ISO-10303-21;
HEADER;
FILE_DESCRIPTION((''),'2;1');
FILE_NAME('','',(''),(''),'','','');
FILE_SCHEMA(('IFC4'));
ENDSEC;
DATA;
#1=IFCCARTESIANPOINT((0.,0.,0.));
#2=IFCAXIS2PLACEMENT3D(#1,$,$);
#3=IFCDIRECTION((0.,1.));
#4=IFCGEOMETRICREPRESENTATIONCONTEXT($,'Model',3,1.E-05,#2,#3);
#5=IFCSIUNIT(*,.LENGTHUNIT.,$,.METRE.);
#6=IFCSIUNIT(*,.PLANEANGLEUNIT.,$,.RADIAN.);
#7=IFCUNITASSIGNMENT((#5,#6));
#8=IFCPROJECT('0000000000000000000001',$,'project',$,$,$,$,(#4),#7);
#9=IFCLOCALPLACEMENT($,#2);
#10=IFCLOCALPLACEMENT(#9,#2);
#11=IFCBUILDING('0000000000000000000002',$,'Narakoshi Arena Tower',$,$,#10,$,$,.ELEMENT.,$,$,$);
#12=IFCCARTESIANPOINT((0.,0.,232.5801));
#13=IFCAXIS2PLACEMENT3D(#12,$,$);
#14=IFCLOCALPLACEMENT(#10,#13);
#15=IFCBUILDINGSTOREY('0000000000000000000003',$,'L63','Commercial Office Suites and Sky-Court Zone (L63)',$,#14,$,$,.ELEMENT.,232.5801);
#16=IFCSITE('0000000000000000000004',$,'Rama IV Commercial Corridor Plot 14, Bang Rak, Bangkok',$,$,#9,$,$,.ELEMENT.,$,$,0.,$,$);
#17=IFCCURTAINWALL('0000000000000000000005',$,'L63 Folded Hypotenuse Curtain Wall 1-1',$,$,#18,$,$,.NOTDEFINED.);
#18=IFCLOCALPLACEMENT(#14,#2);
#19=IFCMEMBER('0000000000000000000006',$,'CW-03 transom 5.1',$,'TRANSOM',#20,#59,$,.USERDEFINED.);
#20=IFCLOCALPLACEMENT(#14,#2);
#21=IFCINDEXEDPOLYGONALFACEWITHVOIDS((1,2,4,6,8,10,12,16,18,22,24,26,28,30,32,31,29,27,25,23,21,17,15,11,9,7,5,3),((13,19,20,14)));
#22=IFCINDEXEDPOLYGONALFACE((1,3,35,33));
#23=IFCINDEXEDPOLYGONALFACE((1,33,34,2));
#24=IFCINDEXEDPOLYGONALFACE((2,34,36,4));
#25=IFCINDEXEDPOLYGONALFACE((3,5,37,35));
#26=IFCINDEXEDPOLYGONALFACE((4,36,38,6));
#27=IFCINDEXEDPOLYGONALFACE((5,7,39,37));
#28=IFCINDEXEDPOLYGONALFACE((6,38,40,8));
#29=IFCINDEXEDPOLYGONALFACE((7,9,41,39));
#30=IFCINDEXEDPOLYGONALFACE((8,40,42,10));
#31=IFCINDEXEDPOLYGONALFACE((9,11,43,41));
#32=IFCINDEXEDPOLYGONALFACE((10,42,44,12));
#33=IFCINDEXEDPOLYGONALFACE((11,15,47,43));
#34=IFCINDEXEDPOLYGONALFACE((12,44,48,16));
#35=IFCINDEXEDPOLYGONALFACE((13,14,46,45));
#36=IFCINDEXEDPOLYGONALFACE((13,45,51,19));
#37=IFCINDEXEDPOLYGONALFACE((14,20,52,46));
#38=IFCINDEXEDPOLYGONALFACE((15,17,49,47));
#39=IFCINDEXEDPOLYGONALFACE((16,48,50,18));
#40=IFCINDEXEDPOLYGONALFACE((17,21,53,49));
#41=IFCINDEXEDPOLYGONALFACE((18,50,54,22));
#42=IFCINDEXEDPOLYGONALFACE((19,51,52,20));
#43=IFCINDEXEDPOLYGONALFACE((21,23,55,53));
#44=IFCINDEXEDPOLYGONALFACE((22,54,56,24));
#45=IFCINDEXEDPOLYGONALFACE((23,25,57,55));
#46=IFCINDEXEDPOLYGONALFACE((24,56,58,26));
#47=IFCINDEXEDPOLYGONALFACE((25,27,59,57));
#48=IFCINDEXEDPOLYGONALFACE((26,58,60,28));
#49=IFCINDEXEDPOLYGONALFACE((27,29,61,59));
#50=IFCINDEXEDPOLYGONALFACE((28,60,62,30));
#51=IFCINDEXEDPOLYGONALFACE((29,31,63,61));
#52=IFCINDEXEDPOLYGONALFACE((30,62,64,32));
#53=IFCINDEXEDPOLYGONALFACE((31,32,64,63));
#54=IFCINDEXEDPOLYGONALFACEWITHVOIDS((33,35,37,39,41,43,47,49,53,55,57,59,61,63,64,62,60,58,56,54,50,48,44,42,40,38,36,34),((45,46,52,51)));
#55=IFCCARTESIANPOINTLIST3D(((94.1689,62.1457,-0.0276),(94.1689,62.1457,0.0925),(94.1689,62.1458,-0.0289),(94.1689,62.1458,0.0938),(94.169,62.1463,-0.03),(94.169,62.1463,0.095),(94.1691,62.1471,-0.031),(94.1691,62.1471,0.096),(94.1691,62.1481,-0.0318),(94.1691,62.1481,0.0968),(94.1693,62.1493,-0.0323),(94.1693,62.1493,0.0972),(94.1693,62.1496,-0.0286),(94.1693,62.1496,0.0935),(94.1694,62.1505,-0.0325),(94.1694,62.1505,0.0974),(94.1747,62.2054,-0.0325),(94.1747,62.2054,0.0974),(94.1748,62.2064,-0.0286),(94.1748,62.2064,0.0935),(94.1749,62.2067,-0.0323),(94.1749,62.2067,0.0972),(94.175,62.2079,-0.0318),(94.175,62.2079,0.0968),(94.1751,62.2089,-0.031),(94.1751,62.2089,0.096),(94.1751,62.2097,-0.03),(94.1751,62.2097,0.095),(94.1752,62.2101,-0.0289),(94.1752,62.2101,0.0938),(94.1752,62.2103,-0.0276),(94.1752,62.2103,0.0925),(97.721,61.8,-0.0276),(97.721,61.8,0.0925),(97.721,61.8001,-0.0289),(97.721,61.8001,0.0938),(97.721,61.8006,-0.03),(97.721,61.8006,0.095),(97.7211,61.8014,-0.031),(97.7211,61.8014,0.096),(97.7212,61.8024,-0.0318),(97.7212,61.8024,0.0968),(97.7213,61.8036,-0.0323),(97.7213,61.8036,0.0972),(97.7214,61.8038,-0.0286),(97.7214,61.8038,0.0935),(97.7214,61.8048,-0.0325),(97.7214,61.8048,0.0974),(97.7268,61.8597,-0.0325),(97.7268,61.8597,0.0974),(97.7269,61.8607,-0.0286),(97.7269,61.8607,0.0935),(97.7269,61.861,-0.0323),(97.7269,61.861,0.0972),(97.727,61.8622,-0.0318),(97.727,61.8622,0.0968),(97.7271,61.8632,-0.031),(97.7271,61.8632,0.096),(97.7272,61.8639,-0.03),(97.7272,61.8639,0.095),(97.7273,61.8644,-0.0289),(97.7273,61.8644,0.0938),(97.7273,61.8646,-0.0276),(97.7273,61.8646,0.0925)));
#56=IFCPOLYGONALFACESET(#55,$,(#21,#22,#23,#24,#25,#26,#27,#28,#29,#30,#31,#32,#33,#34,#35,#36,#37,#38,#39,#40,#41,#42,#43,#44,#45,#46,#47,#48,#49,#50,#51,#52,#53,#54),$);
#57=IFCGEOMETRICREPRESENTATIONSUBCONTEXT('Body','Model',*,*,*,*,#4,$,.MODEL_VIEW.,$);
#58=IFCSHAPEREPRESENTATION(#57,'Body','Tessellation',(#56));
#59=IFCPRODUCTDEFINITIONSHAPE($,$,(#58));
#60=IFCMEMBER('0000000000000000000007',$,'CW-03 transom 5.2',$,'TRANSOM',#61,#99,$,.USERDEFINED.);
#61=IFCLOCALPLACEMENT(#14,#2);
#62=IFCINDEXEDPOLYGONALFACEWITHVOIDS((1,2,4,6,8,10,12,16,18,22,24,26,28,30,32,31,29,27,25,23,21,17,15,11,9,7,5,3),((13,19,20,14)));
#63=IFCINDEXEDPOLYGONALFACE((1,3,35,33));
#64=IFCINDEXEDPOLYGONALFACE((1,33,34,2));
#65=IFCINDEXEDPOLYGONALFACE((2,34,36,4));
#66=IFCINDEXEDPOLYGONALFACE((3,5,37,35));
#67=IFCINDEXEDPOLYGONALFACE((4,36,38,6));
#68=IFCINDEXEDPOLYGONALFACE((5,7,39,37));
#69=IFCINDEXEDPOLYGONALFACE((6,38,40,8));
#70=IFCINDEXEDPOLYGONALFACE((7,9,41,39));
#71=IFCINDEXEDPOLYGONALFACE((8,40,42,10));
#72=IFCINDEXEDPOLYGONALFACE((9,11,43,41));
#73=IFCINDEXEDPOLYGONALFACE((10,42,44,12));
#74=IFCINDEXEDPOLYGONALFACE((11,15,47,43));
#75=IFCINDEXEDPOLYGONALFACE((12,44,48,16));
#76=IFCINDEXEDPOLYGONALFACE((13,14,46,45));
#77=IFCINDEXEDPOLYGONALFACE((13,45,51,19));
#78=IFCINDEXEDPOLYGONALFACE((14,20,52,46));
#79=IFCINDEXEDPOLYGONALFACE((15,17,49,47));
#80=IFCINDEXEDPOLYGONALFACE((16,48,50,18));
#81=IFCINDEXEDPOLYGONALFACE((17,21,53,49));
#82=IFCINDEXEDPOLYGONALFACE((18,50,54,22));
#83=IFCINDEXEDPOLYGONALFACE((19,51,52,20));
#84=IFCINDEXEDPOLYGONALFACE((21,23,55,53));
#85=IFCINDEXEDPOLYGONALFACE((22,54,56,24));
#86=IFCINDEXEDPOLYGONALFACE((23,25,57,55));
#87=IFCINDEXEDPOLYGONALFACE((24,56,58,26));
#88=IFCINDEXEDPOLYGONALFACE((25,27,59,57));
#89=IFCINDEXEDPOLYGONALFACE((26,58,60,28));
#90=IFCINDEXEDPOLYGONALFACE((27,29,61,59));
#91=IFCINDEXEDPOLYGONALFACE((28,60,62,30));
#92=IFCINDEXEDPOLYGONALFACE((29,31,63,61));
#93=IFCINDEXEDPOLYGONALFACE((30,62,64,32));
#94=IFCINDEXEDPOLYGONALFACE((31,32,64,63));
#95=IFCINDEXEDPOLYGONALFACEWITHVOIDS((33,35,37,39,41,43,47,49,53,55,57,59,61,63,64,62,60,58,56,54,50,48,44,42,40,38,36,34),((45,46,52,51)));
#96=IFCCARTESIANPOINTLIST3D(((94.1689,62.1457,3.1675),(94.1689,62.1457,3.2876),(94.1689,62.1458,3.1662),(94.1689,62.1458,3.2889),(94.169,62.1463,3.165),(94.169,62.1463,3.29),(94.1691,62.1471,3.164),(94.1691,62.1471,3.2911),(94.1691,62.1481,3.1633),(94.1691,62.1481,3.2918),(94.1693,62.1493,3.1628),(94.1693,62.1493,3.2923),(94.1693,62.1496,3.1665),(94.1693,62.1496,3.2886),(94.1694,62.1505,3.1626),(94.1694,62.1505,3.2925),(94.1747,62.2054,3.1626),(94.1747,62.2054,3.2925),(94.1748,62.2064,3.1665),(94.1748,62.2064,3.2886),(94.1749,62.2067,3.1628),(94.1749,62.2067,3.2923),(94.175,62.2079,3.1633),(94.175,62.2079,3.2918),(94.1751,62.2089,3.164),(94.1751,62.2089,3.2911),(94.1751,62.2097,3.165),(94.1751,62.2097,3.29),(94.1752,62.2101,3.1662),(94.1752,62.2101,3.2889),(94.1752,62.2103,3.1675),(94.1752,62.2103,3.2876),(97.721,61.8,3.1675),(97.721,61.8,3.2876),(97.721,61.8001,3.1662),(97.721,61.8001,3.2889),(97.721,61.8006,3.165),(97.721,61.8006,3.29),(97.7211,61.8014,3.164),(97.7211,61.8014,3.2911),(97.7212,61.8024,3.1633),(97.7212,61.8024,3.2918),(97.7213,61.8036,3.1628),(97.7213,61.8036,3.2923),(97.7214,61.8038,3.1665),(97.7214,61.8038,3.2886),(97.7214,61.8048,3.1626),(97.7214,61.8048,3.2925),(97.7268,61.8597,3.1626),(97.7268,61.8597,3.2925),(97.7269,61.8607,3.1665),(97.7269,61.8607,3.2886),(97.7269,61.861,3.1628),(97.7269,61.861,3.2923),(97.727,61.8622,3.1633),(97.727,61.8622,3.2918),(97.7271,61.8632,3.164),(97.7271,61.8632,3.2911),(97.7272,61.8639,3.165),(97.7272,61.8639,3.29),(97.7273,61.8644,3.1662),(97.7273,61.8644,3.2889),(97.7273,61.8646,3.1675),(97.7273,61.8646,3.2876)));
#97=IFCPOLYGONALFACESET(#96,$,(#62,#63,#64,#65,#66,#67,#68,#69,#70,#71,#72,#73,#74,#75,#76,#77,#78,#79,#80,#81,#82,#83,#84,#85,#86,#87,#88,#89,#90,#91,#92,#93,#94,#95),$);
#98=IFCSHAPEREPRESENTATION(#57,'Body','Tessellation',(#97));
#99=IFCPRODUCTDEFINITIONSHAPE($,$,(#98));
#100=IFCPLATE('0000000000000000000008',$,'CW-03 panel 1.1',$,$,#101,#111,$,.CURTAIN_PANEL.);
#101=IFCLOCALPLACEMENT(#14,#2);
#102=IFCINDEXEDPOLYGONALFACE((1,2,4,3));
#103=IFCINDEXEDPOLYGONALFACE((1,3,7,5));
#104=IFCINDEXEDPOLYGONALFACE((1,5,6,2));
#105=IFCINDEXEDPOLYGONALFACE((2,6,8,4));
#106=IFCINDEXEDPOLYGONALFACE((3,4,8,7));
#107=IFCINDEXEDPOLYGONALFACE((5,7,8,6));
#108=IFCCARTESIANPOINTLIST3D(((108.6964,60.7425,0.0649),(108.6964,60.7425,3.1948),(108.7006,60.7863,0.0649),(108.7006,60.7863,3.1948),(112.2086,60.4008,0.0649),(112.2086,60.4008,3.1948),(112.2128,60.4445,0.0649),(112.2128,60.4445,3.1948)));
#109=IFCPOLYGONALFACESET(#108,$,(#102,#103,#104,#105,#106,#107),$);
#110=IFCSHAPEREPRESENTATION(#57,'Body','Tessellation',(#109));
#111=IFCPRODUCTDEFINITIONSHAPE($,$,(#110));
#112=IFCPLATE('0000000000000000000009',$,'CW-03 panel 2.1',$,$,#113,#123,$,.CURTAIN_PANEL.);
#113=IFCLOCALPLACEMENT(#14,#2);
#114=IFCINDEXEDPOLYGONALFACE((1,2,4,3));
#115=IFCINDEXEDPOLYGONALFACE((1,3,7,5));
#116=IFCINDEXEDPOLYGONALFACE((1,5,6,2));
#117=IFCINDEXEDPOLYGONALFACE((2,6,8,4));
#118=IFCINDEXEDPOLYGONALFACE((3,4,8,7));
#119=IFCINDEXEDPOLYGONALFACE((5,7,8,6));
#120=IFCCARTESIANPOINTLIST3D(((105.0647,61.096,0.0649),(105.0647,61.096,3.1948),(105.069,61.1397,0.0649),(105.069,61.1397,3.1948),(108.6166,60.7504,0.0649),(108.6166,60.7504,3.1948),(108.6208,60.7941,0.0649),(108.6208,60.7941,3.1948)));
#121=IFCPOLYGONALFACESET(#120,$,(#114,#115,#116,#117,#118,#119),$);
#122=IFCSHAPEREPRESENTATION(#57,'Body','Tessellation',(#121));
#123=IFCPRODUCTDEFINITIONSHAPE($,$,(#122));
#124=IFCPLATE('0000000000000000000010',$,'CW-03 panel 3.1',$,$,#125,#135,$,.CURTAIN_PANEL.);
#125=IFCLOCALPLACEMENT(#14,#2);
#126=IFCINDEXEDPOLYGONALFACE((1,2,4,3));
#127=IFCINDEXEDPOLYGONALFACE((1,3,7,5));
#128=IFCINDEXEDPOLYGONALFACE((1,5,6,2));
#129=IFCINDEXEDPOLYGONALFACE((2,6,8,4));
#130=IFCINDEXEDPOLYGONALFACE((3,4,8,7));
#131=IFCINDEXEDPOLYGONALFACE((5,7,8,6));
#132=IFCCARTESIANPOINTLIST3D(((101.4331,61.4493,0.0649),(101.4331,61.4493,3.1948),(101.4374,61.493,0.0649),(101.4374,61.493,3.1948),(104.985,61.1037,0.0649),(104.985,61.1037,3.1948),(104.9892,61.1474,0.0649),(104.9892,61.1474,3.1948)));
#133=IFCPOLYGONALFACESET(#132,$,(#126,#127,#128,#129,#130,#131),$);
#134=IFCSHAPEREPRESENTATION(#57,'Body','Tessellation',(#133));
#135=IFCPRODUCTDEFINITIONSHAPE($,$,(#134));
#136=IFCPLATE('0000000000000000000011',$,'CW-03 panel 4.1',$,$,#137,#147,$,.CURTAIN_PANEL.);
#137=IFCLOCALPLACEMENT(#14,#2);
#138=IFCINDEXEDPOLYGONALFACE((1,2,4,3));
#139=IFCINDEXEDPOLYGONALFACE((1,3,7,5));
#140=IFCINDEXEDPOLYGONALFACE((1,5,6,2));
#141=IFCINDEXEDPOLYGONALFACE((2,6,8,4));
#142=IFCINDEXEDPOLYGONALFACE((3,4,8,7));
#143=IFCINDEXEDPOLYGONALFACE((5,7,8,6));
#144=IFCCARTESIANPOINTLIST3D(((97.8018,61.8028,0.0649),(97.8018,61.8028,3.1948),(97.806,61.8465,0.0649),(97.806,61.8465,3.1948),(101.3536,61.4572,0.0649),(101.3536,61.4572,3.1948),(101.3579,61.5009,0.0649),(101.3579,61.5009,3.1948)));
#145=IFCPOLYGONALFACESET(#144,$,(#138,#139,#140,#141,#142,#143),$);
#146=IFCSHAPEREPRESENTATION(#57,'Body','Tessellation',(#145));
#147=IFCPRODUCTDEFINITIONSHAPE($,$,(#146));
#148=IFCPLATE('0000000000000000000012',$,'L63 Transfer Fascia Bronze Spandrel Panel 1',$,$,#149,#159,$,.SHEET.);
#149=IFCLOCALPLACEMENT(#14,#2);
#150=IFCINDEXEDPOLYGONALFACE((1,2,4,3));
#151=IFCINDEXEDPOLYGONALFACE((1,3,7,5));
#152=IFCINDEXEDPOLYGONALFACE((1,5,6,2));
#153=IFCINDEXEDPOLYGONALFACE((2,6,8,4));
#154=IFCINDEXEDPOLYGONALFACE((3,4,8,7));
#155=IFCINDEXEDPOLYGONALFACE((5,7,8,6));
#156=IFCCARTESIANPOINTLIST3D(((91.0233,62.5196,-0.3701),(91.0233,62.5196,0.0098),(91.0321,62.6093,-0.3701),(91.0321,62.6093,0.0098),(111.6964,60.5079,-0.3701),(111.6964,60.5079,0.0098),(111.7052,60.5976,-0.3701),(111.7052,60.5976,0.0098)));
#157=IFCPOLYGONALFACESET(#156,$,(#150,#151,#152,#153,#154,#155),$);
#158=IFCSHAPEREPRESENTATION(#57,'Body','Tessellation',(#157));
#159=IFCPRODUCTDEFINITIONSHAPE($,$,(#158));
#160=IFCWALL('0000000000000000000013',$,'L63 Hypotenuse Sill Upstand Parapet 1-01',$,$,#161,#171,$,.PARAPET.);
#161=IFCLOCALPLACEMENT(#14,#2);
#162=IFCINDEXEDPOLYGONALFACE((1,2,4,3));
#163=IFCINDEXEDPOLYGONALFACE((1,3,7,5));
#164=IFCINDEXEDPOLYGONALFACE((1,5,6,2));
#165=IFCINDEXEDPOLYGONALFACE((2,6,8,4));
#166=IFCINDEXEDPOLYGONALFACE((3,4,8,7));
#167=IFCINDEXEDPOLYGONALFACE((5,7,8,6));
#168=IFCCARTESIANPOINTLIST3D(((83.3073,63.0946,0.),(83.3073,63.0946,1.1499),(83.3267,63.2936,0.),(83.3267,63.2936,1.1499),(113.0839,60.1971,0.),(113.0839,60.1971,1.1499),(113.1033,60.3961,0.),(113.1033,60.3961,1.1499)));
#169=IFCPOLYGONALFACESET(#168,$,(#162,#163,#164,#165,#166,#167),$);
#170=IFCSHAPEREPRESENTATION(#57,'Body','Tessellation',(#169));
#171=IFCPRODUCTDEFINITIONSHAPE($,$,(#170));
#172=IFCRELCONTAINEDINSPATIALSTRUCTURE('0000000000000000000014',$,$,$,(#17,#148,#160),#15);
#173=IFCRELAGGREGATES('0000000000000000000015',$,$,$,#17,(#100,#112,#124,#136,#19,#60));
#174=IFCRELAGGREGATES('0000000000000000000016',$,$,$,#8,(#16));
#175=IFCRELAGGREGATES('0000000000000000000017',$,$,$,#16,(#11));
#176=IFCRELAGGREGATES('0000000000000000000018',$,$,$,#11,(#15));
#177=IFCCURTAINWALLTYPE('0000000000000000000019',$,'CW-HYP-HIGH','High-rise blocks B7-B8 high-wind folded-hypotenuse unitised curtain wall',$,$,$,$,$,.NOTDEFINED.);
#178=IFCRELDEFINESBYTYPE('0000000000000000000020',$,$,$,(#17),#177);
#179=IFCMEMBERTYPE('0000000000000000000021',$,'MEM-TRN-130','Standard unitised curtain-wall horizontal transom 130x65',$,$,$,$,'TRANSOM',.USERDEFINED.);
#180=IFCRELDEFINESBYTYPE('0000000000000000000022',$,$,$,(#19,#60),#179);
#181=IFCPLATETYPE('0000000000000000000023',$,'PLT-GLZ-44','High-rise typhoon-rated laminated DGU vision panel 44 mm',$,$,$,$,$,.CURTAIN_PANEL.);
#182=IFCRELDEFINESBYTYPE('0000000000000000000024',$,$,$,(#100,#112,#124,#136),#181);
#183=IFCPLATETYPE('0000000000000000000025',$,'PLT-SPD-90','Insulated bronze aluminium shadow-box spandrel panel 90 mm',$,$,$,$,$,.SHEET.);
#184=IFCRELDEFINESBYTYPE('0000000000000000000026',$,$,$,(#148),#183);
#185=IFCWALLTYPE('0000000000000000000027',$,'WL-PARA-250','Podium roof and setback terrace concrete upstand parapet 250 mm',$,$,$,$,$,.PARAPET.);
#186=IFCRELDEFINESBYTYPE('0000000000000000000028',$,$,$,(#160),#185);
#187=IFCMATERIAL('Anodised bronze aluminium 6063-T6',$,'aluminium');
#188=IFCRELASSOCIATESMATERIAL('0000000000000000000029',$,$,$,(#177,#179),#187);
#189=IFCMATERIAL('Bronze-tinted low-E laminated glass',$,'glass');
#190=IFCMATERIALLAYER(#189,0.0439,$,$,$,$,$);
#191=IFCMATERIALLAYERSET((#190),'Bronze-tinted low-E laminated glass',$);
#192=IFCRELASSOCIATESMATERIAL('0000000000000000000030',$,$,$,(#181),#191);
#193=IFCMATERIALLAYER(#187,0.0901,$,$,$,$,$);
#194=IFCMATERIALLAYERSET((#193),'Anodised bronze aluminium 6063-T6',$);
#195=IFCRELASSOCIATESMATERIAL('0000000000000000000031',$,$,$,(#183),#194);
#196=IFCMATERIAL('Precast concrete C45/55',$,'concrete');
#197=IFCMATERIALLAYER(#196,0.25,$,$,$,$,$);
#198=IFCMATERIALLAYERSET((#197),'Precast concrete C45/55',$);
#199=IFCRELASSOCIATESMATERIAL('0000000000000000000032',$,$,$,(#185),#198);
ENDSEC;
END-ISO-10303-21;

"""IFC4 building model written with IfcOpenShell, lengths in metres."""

from ifc_helpers import new_model, si_unit, direction, frame, frame_2d, origin, origin_2d, place, context, subcontext, project, spatial, rectangle, hollow_rectangle, extrude, material, layer, layer_set, material_profile, profile_set, type_object, element, aggregate, save


model = new_model("IFC4")

# Units and contexts
model_context = context("Model", 3, precision=1e-05, world=origin(), true_north=direction((0.0, 1.0)))
body_context = subcontext(model_context, "Body", "Model", "MODEL_VIEW")
ifc_project = project(units=[si_unit("LENGTHUNIT", "METRE"), si_unit("PLANEANGLEUNIT", "RADIAN")], contexts=[model_context])

# Site, building, storey
site_placement = place(None, origin())
site = spatial("IfcSite", under=ifc_project, at=site_placement, Name="Rama IV Commercial Corridor Plot 14, Bang Rak, Bangkok", CompositionType="ELEMENT", RefElevation=0.0)
building_placement = place(site_placement, origin())
building = spatial("IfcBuilding", under=site, at=building_placement, Name="Narakoshi Arena Tower", CompositionType="ELEMENT")
storey_placement = place(building_placement, frame((0.0, 0.0, 232.5801)))
storey = spatial("IfcBuildingStorey", under=building, at=storey_placement, Name="L63", Description="Commercial Office Suites and Sky-Court Zone (L63)", CompositionType="ELEMENT", Elevation=232.5801)

# Curtain wall, members, plates
ifc_material_1 = material(Name="Anodised bronze aluminium 6063-T6", Category="aluminium")
curtain_wall_type = type_object("IfcCurtainWallType", Name="CW-HYP-HIGH", Description="High-rise blocks B7-B8 high-wind folded-hypotenuse unitised curtain wall", PredefinedType="NOTDEFINED", material=ifc_material_1)
curtain_wall_placement = place(storey_placement, origin())
curtain_wall = element("IfcCurtainWall", 1, at=curtain_wall_placement, inside=storey, type_object=curtain_wall_type, Name="L63 Folded Hypotenuse Curtain Wall 1-1", PredefinedType="NOTDEFINED")
ifc_material_profile_1 = material_profile(ifc_material_1, hollow_rectangle(XDim=0.0649, YDim=0.1299, WallThickness=0.0039, OuterFilletRadius=0.0049, at=origin_2d()), Name="TRN130x65x4")
ifc_profile_set_1 = profile_set([ifc_material_profile_1], Name="Anodised bronze aluminium 6063-T6")
member_type_1 = type_object("IfcMemberType", Name="MEM-TRN-130", Description="Standard unitised curtain-wall horizontal transom 130x65", ElementType="TRANSOM", PredefinedType="USERDEFINED", material=ifc_profile_set_1)
member_1_placement = place(storey_placement, frame((97.7241, 61.8323, 0.0325), z_axis=(-0.995297, 0.096869, 0.0), x_axis=(-0.096869, -0.995297, 0.0)))
member_1 = element("IfcMember", 2, at=member_1_placement, type_object=member_type_1, Name="CW-03 transom 5.1", ObjectType="TRANSOM", PredefinedType="USERDEFINED", context=body_context, shape_type="SweptSolid", body=[
    extrude(hollow_rectangle(XDim=0.0649, YDim=0.1299, WallThickness=0.0039, OuterFilletRadius=0.0049, at=origin_2d()), origin(), (0.0, 0.0, 1.0), 3.5688),
])
member_2_placement = place(storey_placement, frame((97.7241, 61.8323, 3.2275), z_axis=(-0.995297, 0.096869, 0.0), x_axis=(-0.096869, -0.995297, 0.0)))
member_2 = element("IfcMember", 3, at=member_2_placement, type_object=member_type_1, Name="CW-03 transom 5.2", ObjectType="TRANSOM", PredefinedType="USERDEFINED", context=body_context, shape_type="SweptSolid", body=[
    extrude(hollow_rectangle(XDim=0.0649, YDim=0.1299, WallThickness=0.0039, OuterFilletRadius=0.0049, at=origin_2d()), origin(), (0.0, 0.0, 1.0), 3.5688),
])
ifc_material_2 = material(Name="Bronze-tinted low-E laminated glass", Category="glass")
ifc_layer_1 = layer(ifc_material_2, 0.0439)
ifc_layer_set_1 = layer_set([ifc_layer_1], Name="Bronze-tinted low-E laminated glass")
plate_type_1 = type_object("IfcPlateType", Name="PLT-GLZ-44", Description="High-rise typhoon-rated laminated DGU vision panel 44 mm", PredefinedType="CURTAIN_PANEL", material=ifc_layer_set_1)
plate_1_placement = place(storey_placement, frame((110.4546, 60.5935, 0.0649), z_axis=(0.0, 0.0, 1.0), x_axis=(-0.995299, 0.096851, 0.0)))
plate_1 = element("IfcPlate", 4, at=plate_1_placement, type_object=plate_type_1, Name="CW-03 panel 1.1", PredefinedType="CURTAIN_PANEL", context=body_context, shape_type="SweptSolid", body=[
    extrude(rectangle(XDim=3.5288, YDim=0.0439, at=origin_2d()), origin(), (0.0, 0.0, 1.0), 3.1299),
])
plate_2_placement = place(storey_placement, frame((106.8428, 60.9451, 0.0649), z_axis=(0.0, 0.0, 1.0), x_axis=(-0.995299, 0.096851, 0.0)))
plate_2 = element("IfcPlate", 5, at=plate_2_placement, type_object=plate_type_1, Name="CW-03 panel 2.1", PredefinedType="CURTAIN_PANEL", context=body_context, shape_type="SweptSolid", body=[
    extrude(rectangle(XDim=3.5686, YDim=0.0439, at=origin_2d()), origin(), (0.0, 0.0, 1.0), 3.1299),
])
plate_3_placement = place(storey_placement, frame((103.2112, 61.2983, 0.0649), z_axis=(0.0, 0.0, 1.0), x_axis=(-0.995299, 0.096851, 0.0)))
plate_3 = element("IfcPlate", 6, at=plate_3_placement, type_object=plate_type_1, Name="CW-03 panel 3.1", PredefinedType="CURTAIN_PANEL", context=body_context, shape_type="SweptSolid", body=[
    extrude(rectangle(XDim=3.5686, YDim=0.0439, at=origin_2d()), origin(), (0.0, 0.0, 1.0), 3.1299),
])
plate_4_placement = place(storey_placement, frame((99.5798, 61.6519, 0.0649), z_axis=(0.0, 0.0, 1.0), x_axis=(-0.995299, 0.096851, 0.0)))
plate_4 = element("IfcPlate", 7, at=plate_4_placement, type_object=plate_type_1, Name="CW-03 panel 4.1", PredefinedType="CURTAIN_PANEL", context=body_context, shape_type="SweptSolid", body=[
    extrude(rectangle(XDim=3.5686, YDim=0.0439, at=origin_2d()), origin(), (0.0, 0.0, 1.0), 3.1299),
])
aggregate(curtain_wall, [plate_1, plate_2, plate_3, plate_4, member_1, member_2])

# Plate
ifc_layer_2 = layer(ifc_material_1, 0.0901)
ifc_layer_set_2 = layer_set([ifc_layer_2], Name="Anodised bronze aluminium 6063-T6")
plate_type_2 = type_object("IfcPlateType", Name="PLT-SPD-90", Description="Insulated bronze aluminium shadow-box spandrel panel 90 mm", PredefinedType="SHEET", material=ifc_layer_set_2)
plate_5_placement = place(storey_placement, frame((101.3643, 61.5586, -0.3701), z_axis=(0.0, 0.0, 1.0), x_axis=(-0.995299, 0.096853, 0.0)))
element("IfcPlate", 8, at=plate_5_placement, inside=storey, type_object=plate_type_2, Name="L63 Transfer Fascia Bronze Spandrel Panel 1", PredefinedType="SHEET", context=body_context, shape_type="SweptSolid", body=[
    extrude(rectangle(XDim=20.7708, YDim=0.0901, at=origin_2d()), origin(), (0.0, 0.0, 1.0), 0.3799),
])

# Wall
ifc_material_3 = material(Name="Precast concrete C45/55", Category="concrete")
ifc_layer_3 = layer(ifc_material_3, 0.25)
ifc_layer_set_3 = layer_set([ifc_layer_3], Name="Precast concrete C45/55")
wall_type_1 = type_object("IfcWallType", Name="WL-PARA-250", Description="Podium roof and setback terrace concrete upstand parapet 250 mm", PredefinedType="PARAPET", material=ifc_layer_set_3)
wall_1_placement = place(storey_placement, frame((113.0935, 60.2966, 0.0), z_axis=(0.0, 0.0, 1.0), x_axis=(-0.995299, 0.096849, 0.0)))
element("IfcWall", 9, at=wall_1_placement, inside=storey, type_object=wall_type_1, Name="L63 Hypotenuse Sill Upstand Parapet 1-01", PredefinedType="PARAPET", context=body_context, shape_type="SweptSolid", body=[
    extrude(rectangle(XDim=29.9172, YDim=0.2, at=frame_2d((14.9585, 0.0))), origin(), (0.0, 0.0, 1.0), 1.1499),
])

save(model, "model.ifc")
